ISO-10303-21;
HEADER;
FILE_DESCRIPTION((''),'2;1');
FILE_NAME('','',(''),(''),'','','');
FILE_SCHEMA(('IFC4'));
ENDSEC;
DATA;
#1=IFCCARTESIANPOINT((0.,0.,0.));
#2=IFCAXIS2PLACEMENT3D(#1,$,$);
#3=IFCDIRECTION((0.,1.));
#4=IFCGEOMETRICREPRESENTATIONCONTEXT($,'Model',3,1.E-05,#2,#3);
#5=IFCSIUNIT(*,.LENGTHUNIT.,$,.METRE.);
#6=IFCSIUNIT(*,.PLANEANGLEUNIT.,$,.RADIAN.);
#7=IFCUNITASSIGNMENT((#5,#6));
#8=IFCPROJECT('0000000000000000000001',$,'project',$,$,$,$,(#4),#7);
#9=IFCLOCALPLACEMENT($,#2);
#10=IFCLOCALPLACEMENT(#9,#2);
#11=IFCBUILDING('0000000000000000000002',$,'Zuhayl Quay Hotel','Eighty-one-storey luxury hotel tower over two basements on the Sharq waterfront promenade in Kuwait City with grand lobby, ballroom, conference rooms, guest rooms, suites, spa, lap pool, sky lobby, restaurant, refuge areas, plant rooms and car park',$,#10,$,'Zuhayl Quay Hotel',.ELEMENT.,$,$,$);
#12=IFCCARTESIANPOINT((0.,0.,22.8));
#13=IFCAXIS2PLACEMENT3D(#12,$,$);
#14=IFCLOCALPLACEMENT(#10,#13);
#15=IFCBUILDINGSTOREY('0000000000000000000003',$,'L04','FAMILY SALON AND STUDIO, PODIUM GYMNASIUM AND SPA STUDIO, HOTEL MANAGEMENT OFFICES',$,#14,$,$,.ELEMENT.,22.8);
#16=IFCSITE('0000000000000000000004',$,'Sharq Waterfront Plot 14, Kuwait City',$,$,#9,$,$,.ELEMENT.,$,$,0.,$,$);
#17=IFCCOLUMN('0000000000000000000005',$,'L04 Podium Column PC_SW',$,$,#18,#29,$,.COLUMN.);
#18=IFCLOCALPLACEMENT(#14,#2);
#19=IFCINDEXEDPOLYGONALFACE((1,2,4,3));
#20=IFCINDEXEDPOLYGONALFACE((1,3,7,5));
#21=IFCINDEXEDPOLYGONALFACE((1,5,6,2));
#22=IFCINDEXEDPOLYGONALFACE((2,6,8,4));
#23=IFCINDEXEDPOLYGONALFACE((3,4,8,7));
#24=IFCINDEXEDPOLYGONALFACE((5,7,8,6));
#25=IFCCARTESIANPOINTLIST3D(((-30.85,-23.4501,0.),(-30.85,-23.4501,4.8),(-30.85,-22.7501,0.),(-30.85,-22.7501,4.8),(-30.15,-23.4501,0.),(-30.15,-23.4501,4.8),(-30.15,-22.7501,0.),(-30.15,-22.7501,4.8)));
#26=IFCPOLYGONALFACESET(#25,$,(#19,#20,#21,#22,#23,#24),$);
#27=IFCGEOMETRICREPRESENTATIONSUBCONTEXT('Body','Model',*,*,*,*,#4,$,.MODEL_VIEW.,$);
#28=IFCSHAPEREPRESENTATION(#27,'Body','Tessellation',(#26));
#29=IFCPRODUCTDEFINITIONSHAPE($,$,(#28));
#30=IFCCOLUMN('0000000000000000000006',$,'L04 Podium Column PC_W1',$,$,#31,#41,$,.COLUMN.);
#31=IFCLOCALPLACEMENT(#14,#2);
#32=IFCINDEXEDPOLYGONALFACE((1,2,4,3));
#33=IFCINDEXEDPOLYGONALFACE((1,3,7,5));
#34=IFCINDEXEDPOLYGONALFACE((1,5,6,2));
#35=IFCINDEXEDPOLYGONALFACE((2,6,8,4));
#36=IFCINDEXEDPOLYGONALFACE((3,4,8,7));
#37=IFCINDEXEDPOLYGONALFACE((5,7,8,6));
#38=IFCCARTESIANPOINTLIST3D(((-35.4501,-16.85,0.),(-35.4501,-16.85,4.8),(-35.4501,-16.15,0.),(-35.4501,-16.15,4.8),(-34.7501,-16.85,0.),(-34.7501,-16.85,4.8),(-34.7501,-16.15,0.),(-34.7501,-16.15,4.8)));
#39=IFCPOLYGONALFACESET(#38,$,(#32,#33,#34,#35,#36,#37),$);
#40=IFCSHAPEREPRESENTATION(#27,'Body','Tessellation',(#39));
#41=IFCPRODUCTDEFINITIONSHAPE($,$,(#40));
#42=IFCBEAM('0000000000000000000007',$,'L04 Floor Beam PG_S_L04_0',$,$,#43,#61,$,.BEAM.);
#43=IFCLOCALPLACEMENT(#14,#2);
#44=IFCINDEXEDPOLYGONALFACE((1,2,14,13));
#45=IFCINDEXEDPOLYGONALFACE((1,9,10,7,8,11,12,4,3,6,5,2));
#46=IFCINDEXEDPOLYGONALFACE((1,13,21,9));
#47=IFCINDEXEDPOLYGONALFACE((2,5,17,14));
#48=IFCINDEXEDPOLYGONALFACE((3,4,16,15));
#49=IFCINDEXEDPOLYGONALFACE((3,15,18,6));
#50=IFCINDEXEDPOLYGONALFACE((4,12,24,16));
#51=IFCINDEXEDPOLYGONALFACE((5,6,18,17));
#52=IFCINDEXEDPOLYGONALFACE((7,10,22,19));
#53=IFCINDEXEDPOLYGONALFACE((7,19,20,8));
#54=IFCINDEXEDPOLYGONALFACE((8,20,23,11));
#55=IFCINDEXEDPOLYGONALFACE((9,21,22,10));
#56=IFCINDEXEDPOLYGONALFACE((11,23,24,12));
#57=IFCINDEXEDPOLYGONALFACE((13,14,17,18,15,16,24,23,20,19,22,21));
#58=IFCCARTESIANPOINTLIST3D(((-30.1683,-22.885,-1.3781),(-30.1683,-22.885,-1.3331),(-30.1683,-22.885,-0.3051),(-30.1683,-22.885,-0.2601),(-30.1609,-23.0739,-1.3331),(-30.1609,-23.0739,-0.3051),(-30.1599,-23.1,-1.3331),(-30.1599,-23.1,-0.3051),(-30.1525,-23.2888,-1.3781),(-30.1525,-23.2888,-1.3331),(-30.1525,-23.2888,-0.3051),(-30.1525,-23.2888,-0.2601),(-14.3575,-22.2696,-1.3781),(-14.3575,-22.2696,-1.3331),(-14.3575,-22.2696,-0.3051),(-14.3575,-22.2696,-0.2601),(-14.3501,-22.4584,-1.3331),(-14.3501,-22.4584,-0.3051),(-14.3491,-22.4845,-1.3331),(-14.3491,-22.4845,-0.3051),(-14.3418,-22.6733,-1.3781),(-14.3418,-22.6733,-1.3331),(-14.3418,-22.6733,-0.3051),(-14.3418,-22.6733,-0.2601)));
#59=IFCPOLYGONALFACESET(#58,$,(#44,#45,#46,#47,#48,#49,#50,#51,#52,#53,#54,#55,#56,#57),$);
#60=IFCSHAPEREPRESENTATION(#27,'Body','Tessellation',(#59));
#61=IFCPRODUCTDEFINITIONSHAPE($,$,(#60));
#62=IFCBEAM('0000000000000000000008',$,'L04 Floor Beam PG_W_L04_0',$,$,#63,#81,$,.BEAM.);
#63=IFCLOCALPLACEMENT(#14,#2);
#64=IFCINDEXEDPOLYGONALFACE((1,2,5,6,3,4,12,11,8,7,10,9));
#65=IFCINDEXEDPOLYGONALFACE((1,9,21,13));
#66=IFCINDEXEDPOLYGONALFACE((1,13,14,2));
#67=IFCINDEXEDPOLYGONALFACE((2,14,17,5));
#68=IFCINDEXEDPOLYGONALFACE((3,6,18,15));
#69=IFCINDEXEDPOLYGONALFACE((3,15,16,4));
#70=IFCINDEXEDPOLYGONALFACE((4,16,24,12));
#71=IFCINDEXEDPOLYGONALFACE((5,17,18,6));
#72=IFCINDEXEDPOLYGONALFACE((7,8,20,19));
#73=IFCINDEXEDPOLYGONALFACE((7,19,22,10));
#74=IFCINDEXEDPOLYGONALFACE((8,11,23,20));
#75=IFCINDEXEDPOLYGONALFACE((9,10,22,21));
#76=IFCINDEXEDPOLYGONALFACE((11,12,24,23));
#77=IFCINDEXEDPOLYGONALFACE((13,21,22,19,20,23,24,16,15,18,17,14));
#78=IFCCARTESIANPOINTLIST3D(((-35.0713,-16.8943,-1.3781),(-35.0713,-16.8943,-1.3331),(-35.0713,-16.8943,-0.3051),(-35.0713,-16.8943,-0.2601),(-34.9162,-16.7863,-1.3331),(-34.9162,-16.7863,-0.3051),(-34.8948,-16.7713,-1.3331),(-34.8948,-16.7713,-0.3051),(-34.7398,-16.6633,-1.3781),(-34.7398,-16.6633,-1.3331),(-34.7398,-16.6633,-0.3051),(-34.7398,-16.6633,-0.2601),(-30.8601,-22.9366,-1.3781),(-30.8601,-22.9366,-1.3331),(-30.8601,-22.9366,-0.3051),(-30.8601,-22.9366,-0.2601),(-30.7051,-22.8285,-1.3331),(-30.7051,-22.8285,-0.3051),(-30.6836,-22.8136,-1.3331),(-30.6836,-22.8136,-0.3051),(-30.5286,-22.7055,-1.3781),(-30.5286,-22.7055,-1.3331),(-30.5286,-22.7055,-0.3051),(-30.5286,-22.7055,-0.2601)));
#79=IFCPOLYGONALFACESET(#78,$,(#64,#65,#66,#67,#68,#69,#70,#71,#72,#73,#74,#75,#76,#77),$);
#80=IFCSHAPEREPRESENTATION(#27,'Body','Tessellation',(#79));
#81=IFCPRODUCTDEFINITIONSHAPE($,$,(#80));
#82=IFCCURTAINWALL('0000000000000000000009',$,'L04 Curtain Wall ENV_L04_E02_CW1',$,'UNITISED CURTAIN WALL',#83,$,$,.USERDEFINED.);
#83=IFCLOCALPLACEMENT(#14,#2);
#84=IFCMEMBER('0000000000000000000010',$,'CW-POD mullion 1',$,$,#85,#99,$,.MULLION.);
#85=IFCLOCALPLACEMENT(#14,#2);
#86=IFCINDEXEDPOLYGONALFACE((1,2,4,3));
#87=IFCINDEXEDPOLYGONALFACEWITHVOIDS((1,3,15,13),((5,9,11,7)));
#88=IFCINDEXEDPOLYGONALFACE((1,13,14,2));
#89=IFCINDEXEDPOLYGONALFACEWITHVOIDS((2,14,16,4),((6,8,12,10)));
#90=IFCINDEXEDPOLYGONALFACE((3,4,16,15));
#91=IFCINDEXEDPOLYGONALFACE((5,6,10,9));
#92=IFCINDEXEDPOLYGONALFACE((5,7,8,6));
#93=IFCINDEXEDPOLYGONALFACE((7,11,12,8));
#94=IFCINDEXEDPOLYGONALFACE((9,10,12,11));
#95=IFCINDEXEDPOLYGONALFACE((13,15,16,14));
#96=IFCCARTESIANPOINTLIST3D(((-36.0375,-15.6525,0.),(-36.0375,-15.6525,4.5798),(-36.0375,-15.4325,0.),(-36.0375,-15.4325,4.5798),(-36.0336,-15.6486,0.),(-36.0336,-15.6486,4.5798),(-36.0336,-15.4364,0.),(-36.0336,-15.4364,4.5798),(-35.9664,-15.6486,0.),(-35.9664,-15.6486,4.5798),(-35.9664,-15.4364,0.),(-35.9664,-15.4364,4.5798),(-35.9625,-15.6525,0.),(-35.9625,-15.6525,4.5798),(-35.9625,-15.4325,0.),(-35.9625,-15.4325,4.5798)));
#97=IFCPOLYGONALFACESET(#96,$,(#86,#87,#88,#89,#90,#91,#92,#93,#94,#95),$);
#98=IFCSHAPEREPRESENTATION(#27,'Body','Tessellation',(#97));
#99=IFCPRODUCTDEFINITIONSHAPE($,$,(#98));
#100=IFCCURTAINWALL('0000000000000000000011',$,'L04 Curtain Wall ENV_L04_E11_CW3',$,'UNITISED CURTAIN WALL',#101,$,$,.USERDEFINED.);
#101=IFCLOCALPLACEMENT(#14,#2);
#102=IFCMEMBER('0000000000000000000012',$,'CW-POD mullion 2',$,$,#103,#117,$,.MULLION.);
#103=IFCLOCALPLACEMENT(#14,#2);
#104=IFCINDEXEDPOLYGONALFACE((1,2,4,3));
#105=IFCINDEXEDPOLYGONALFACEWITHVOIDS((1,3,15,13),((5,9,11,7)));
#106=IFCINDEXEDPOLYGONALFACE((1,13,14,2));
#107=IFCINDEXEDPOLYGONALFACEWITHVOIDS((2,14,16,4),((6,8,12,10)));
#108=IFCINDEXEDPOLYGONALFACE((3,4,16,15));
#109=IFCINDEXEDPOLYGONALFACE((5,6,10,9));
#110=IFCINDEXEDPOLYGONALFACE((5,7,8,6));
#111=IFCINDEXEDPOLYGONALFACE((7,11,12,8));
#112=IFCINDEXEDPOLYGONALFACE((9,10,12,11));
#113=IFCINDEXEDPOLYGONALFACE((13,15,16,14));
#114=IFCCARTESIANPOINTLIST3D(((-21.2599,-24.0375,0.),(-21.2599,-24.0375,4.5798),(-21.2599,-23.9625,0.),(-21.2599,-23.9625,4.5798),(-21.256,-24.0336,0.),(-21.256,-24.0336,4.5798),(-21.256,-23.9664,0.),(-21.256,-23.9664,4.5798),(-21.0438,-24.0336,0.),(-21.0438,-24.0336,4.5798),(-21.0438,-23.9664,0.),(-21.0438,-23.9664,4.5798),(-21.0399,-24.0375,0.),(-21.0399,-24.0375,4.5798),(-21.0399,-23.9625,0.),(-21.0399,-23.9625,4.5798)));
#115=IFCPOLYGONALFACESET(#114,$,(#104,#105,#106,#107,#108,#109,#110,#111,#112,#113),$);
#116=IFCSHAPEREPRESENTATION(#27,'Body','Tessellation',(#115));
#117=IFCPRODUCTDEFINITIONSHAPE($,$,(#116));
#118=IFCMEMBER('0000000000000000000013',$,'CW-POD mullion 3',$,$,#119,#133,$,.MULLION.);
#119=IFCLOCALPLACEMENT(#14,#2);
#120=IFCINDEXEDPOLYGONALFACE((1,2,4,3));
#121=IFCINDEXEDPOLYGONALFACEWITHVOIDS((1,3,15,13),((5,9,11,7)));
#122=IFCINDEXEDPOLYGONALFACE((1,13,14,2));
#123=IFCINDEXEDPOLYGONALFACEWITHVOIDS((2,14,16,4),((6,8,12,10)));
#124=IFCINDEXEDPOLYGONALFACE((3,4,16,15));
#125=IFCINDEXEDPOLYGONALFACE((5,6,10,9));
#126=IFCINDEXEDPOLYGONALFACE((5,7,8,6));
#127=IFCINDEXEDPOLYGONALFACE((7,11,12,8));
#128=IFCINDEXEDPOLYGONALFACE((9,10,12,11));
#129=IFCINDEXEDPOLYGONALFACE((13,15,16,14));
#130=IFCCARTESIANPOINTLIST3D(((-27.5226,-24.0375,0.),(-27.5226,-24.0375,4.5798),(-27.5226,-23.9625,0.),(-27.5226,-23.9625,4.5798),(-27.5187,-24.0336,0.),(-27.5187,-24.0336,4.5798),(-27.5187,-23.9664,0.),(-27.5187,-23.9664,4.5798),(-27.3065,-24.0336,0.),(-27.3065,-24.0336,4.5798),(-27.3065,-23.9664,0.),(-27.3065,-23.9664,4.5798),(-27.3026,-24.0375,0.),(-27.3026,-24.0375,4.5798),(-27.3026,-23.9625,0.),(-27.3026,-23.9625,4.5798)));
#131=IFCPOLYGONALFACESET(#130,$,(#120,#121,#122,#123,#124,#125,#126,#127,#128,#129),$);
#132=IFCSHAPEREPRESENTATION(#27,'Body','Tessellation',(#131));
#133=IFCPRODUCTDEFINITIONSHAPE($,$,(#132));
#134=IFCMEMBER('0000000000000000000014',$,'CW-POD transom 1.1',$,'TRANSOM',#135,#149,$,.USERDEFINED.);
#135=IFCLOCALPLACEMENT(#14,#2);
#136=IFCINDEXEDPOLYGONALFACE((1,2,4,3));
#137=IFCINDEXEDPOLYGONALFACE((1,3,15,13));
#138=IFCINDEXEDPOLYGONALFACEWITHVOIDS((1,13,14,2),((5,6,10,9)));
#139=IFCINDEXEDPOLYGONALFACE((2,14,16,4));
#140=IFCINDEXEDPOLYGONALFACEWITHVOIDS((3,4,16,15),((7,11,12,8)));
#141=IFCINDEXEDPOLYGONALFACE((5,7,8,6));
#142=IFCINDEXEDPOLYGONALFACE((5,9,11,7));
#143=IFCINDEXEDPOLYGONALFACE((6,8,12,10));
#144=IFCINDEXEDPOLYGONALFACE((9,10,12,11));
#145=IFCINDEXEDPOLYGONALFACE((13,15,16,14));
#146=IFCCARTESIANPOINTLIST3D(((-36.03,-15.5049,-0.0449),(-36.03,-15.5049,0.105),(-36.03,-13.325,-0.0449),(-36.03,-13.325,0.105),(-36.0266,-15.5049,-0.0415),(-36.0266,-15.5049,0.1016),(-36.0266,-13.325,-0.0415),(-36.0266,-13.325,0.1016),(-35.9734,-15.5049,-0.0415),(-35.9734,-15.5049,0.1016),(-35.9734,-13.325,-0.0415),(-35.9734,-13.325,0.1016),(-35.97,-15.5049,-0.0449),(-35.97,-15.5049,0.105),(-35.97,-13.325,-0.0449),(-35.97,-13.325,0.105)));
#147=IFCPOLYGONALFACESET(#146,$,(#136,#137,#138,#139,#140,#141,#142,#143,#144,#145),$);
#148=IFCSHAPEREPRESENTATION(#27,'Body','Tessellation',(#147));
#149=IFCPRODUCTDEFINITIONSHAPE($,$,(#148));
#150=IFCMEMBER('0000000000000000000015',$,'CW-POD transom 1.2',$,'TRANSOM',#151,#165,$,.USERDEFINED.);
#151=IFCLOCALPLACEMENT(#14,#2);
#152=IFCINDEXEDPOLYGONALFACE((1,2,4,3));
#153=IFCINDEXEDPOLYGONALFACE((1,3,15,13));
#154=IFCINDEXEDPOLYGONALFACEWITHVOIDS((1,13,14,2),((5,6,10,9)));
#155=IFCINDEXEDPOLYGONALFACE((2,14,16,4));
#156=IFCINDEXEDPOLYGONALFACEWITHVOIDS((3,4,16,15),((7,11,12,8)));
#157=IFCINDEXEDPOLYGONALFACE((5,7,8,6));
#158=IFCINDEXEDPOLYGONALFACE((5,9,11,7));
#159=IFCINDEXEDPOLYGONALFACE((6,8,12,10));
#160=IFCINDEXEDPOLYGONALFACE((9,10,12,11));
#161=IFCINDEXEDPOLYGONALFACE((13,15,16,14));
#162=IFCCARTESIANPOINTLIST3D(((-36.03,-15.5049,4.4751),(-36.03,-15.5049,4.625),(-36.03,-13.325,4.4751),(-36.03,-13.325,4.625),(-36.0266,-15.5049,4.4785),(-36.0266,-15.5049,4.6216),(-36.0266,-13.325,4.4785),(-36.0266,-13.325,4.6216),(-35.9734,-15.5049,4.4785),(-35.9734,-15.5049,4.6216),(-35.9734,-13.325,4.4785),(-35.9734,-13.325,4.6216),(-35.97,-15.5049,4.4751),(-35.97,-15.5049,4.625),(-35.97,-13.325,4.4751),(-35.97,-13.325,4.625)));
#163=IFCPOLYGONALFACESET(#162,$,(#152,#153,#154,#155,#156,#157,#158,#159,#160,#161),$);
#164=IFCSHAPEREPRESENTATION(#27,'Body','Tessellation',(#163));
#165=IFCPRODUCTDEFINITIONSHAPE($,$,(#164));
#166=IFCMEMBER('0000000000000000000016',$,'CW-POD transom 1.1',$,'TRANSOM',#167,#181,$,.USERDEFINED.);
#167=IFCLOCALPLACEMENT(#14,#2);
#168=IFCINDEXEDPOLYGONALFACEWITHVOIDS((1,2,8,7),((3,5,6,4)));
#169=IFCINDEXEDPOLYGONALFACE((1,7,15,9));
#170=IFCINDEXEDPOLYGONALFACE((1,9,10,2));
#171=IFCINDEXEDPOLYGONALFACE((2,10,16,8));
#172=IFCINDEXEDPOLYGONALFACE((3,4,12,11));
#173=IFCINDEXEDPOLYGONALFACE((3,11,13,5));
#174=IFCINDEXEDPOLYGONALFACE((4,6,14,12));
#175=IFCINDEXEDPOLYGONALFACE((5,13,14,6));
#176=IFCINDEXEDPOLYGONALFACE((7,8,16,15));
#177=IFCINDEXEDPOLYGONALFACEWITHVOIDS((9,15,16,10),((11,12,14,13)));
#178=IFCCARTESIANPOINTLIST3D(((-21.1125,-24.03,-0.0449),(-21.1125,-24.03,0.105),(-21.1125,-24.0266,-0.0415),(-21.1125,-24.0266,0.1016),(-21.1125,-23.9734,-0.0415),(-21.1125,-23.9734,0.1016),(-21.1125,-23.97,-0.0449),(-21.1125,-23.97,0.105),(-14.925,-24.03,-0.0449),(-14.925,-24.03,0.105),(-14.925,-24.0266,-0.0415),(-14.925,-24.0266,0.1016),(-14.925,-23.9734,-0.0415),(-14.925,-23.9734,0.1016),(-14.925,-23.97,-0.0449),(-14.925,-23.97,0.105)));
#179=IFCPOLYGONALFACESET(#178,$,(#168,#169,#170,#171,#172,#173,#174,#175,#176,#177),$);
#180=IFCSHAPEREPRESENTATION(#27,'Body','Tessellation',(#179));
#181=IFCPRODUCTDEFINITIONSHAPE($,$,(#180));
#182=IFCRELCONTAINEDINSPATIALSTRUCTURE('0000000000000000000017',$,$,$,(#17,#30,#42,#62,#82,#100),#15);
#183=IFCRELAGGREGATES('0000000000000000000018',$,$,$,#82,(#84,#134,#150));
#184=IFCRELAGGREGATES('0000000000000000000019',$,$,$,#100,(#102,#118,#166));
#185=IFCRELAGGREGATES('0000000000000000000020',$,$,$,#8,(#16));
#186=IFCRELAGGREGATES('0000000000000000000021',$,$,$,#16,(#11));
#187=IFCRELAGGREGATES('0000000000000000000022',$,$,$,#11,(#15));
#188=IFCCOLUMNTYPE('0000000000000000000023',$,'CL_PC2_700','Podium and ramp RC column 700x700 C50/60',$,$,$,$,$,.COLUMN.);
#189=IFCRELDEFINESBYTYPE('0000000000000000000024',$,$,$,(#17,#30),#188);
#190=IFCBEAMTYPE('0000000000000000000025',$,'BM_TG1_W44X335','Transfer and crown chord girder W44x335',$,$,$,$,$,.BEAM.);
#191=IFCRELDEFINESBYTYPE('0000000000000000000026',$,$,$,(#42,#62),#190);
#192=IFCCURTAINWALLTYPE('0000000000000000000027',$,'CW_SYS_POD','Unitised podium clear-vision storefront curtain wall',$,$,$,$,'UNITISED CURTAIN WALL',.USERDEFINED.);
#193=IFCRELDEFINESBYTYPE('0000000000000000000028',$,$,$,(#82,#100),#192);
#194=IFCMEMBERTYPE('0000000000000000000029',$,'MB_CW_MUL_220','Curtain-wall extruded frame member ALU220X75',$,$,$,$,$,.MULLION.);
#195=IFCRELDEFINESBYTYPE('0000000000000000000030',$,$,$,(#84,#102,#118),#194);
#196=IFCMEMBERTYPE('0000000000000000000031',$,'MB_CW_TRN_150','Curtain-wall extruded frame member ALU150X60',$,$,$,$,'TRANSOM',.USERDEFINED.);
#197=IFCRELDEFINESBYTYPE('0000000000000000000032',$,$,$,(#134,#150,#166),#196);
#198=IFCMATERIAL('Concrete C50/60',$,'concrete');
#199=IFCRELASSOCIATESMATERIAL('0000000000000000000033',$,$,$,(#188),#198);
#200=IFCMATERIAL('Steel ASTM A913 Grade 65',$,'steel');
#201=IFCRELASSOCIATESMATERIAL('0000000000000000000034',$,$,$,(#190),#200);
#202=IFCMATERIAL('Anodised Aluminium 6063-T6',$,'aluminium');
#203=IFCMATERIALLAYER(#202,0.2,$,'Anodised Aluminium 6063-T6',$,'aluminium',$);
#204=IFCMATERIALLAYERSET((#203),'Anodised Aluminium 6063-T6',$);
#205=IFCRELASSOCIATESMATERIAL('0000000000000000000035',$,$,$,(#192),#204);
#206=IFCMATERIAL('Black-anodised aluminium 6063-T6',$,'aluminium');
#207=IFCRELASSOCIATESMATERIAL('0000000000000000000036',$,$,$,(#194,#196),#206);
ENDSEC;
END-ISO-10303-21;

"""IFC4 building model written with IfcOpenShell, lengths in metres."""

from ifc_helpers import new_model, si_unit, direction, frame, origin, origin_2d, place, context, subcontext, project, spatial, rectangle, hollow_rectangle, i_section, extrude, material, layer, layer_set, material_profile, profile_set, type_object, element, aggregate, save


model = new_model("IFC4")

# Units and contexts
model_context = context("Model", 3, precision=1e-05, world=origin(), true_north=direction((0.0, 1.0)))
body_context = subcontext(model_context, "Body", "Model", "MODEL_VIEW")
ifc_project = project(units=[si_unit("LENGTHUNIT", "METRE"), si_unit("PLANEANGLEUNIT", "RADIAN")], contexts=[model_context])

# Site, building, storey
site_placement = place(None, origin())
site = spatial("IfcSite", under=ifc_project, at=site_placement, Name="Sharq Waterfront Plot 14, Kuwait City", CompositionType="ELEMENT", RefElevation=0.0)
building_placement = place(site_placement, origin())
building = spatial("IfcBuilding", under=site, at=building_placement, Name="Zuhayl Quay Hotel", Description="Eighty-one-storey luxury hotel tower over two basements on the Sharq waterfront promenade in Kuwait City with grand lobby, ballroom, conference rooms, guest rooms, suites, spa, lap pool, sky lobby, restaurant, refuge areas, plant rooms and car park", LongName="Zuhayl Quay Hotel", CompositionType="ELEMENT")
storey_placement = place(building_placement, frame((0.0, 0.0, 22.8)))
storey = spatial("IfcBuildingStorey", under=building, at=storey_placement, Name="L04", Description="FAMILY SALON AND STUDIO, PODIUM GYMNASIUM AND SPA STUDIO, HOTEL MANAGEMENT OFFICES", CompositionType="ELEMENT", Elevation=22.8)

# Columns
ifc_material_1 = material(Name="Concrete C50/60", Category="concrete")
ifc_material_profile_1 = material_profile(ifc_material_1, rectangle(XDim=0.7, YDim=0.7, at=origin_2d()), Name="RC700X700")
ifc_profile_set_1 = profile_set([ifc_material_profile_1], Name="Concrete C50/60")
column_type = type_object("IfcColumnType", Name="CL_PC2_700", Description="Podium and ramp RC column 700x700 C50/60", PredefinedType="COLUMN", material=ifc_profile_set_1)
for number, where, z_axis, x_axis, name in (
    (1, (-30.5, -23.1001, 0.0), (0.0, 0.0, 1.0), (1.0, 0.0, 0.0), "L04 Podium Column PC_SW"),
    (2, (-35.1001, -16.5, 0.0), (0.0, 0.0, 1.0), (1.0, 0.0, 0.0), "L04 Podium Column PC_W1"),
):
    element("IfcColumn", number, at=place(storey_placement, frame(where, z_axis=z_axis, x_axis=x_axis)), inside=storey, type_object=column_type, Name=name, PredefinedType="COLUMN", context=body_context, shape_type="SweptSolid", body=[
        extrude(rectangle(XDim=0.7, YDim=0.7, at=origin_2d()), origin(), (0.0, 0.0, 1.0), 4.8),
    ])

# Beams
ifc_material_2 = material(Name="Steel ASTM A913 Grade 65", Category="steel")
ifc_material_profile_2 = material_profile(ifc_material_2, i_section(OverallWidth=0.4041, OverallDepth=1.1179, WebThickness=0.0261, FlangeThickness=0.0449, at=origin_2d()), Name="W44X335")
ifc_profile_set_2 = profile_set([ifc_material_profile_2], Name="Steel ASTM A913 Grade 65")
beam_type = type_object("IfcBeamType", Name="BM_TG1_W44X335", Description="Transfer and crown chord girder W44x335", PredefinedType="BEAM", material=ifc_profile_set_2)
beam_1_placement = place(storey_placement, frame((-30.1604, -23.0869, -0.8191), z_axis=(0.999243, 0.038898, 0.0), x_axis=(-0.038898, 0.999243, 0.0)))
element("IfcBeam", 3, at=beam_1_placement, inside=storey, type_object=beam_type, Name="L04 Floor Beam PG_S_L04_0", PredefinedType="BEAM", context=body_context, shape_type="SweptSolid", body=[
    extrude(i_section(OverallWidth=0.4041, OverallDepth=1.1179, WebThickness=0.0261, FlangeThickness=0.0449, at=origin_2d()), origin(), (0.0, 0.0, 1.0), 15.8228),
])
beam_2_placement = place(storey_placement, frame((-30.6943, -22.821, -0.8191), z_axis=(-0.571786, 0.820403, 0.0), x_axis=(-0.820403, -0.571786, 0.0)))
element("IfcBeam", 4, at=beam_2_placement, inside=storey, type_object=beam_type, Name="L04 Floor Beam PG_W_L04_0", PredefinedType="BEAM", context=body_context, shape_type="SweptSolid", body=[
    extrude(i_section(OverallWidth=0.4041, OverallDepth=1.1179, WebThickness=0.0261, FlangeThickness=0.0449, at=origin_2d()), origin(), (0.0, 0.0, 1.0), 7.365),
])

# Curtain wall, member
ifc_material_3 = material(Name="Anodised Aluminium 6063-T6", Category="aluminium")
ifc_layer_1 = layer(ifc_material_3, 0.2, Name="Anodised Aluminium 6063-T6", Category="aluminium")
ifc_layer_set_1 = layer_set([ifc_layer_1], Name="Anodised Aluminium 6063-T6")
curtain_wall_type = type_object("IfcCurtainWallType", Name="CW_SYS_POD", Description="Unitised podium clear-vision storefront curtain wall", ElementType="UNITISED CURTAIN WALL", PredefinedType="USERDEFINED", material=ifc_layer_set_1)
curtain_wall_1_placement = place(storey_placement, origin())
curtain_wall_1 = element("IfcCurtainWall", 5, at=curtain_wall_1_placement, inside=storey, type_object=curtain_wall_type, Name="L04 Curtain Wall ENV_L04_E02_CW1", ObjectType="UNITISED CURTAIN WALL", PredefinedType="USERDEFINED")
ifc_material_4 = material(Name="Black-anodised aluminium 6063-T6", Category="aluminium")
ifc_material_profile_3 = material_profile(ifc_material_4, hollow_rectangle(XDim=0.075, YDim=0.22, WallThickness=0.0039, at=origin_2d()), Name="ALU220X75")
ifc_profile_set_3 = profile_set([ifc_material_profile_3], Name="Black-anodised aluminium 6063-T6")
member_type_1 = type_object("IfcMemberType", Name="MB_CW_MUL_220", Description="Curtain-wall extruded frame member ALU220X75", PredefinedType="MULLION", material=ifc_profile_set_3)
member_1_placement = place(storey_placement, frame((-36.0, -15.5425, 0.0), z_axis=(0.0, 0.0, 1.0), x_axis=(-1.0, 0.0, 0.0)))
member_1 = element("IfcMember", 6, at=member_1_placement, type_object=member_type_1, Name="CW-POD mullion 1", PredefinedType="MULLION", context=body_context, shape_type="SweptSolid", body=[
    extrude(hollow_rectangle(XDim=0.075, YDim=0.22, WallThickness=0.0039, at=origin_2d()), origin(), (0.0, 0.0, 1.0), 4.5798),
])

# Curtain wall, members
curtain_wall_2_placement = place(storey_placement, origin())
curtain_wall_2 = element("IfcCurtainWall", 7, at=curtain_wall_2_placement, inside=storey, type_object=curtain_wall_type, Name="L04 Curtain Wall ENV_L04_E11_CW3", ObjectType="UNITISED CURTAIN WALL", PredefinedType="USERDEFINED")
member_2_placement = place(storey_placement, frame((-21.1499, -24.0, 0.0), z_axis=(0.0, 0.0, 1.0), x_axis=(0.0, -1.0, 0.0)))
member_2 = element("IfcMember", 8, at=member_2_placement, type_object=member_type_1, Name="CW-POD mullion 2", PredefinedType="MULLION", context=body_context, shape_type="SweptSolid", body=[
    extrude(hollow_rectangle(XDim=0.075, YDim=0.22, WallThickness=0.0039, at=origin_2d()), origin(), (0.0, 0.0, 1.0), 4.5798),
])
member_3_placement = place(storey_placement, frame((-27.4126, -24.0, 0.0), z_axis=(0.0, 0.0, 1.0), x_axis=(0.0, -1.0, 0.0)))
member_3 = element("IfcMember", 9, at=member_3_placement, type_object=member_type_1, Name="CW-POD mullion 3", PredefinedType="MULLION", context=body_context, shape_type="SweptSolid", body=[
    extrude(hollow_rectangle(XDim=0.075, YDim=0.22, WallThickness=0.0039, at=origin_2d()), origin(), (0.0, 0.0, 1.0), 4.5798),
])

# Members
ifc_material_profile_4 = material_profile(ifc_material_4, hollow_rectangle(XDim=0.0601, YDim=0.1499, WallThickness=0.0034, at=origin_2d()), Name="ALU150X60")
ifc_profile_set_4 = profile_set([ifc_material_profile_4], Name="Black-anodised aluminium 6063-T6")
member_type_2 = type_object("IfcMemberType", Name="MB_CW_TRN_150", Description="Curtain-wall extruded frame member ALU150X60", ElementType="TRANSOM", PredefinedType="USERDEFINED", material=ifc_profile_set_4)
member_4_placement = place(storey_placement, frame((-36.0, -15.5049, 0.03), z_axis=(0.0, 1.0, 0.0), x_axis=(-1.0, 0.0, 0.0)))
member_4 = element("IfcMember", 10, at=member_4_placement, type_object=member_type_2, Name="CW-POD transom 1.1", ObjectType="TRANSOM", PredefinedType="USERDEFINED", context=body_context, shape_type="SweptSolid", body=[
    extrude(hollow_rectangle(XDim=0.0601, YDim=0.1499, WallThickness=0.0034, at=origin_2d()), origin(), (0.0, 0.0, 1.0), 2.1799),
])
member_5_placement = place(storey_placement, frame((-36.0, -15.5049, 4.55), z_axis=(0.0, 1.0, 0.0), x_axis=(-1.0, 0.0, 0.0)))
member_5 = element("IfcMember", 11, at=member_5_placement, type_object=member_type_2, Name="CW-POD transom 1.2", ObjectType="TRANSOM", PredefinedType="USERDEFINED", context=body_context, shape_type="SweptSolid", body=[
    extrude(hollow_rectangle(XDim=0.0601, YDim=0.1499, WallThickness=0.0034, at=origin_2d()), origin(), (0.0, 0.0, 1.0), 2.1799),
])
member_6_placement = place(storey_placement, frame((-14.925, -24.0, 0.03), z_axis=(-1.0, 0.0, 0.0), x_axis=(0.0, -1.0, 0.0)))
member_6 = element("IfcMember", 12, at=member_6_placement, type_object=member_type_2, Name="CW-POD transom 1.1", ObjectType="TRANSOM", PredefinedType="USERDEFINED", context=body_context, shape_type="SweptSolid", body=[
    extrude(hollow_rectangle(XDim=0.0601, YDim=0.1499, WallThickness=0.0034, at=origin_2d()), origin(), (0.0, 0.0, 1.0), 6.1875),
])

aggregate(curtain_wall_1, [member_1, member_4, member_5])
aggregate(curtain_wall_2, [member_2, member_3, member_6])

save(model, "model.ifc")
